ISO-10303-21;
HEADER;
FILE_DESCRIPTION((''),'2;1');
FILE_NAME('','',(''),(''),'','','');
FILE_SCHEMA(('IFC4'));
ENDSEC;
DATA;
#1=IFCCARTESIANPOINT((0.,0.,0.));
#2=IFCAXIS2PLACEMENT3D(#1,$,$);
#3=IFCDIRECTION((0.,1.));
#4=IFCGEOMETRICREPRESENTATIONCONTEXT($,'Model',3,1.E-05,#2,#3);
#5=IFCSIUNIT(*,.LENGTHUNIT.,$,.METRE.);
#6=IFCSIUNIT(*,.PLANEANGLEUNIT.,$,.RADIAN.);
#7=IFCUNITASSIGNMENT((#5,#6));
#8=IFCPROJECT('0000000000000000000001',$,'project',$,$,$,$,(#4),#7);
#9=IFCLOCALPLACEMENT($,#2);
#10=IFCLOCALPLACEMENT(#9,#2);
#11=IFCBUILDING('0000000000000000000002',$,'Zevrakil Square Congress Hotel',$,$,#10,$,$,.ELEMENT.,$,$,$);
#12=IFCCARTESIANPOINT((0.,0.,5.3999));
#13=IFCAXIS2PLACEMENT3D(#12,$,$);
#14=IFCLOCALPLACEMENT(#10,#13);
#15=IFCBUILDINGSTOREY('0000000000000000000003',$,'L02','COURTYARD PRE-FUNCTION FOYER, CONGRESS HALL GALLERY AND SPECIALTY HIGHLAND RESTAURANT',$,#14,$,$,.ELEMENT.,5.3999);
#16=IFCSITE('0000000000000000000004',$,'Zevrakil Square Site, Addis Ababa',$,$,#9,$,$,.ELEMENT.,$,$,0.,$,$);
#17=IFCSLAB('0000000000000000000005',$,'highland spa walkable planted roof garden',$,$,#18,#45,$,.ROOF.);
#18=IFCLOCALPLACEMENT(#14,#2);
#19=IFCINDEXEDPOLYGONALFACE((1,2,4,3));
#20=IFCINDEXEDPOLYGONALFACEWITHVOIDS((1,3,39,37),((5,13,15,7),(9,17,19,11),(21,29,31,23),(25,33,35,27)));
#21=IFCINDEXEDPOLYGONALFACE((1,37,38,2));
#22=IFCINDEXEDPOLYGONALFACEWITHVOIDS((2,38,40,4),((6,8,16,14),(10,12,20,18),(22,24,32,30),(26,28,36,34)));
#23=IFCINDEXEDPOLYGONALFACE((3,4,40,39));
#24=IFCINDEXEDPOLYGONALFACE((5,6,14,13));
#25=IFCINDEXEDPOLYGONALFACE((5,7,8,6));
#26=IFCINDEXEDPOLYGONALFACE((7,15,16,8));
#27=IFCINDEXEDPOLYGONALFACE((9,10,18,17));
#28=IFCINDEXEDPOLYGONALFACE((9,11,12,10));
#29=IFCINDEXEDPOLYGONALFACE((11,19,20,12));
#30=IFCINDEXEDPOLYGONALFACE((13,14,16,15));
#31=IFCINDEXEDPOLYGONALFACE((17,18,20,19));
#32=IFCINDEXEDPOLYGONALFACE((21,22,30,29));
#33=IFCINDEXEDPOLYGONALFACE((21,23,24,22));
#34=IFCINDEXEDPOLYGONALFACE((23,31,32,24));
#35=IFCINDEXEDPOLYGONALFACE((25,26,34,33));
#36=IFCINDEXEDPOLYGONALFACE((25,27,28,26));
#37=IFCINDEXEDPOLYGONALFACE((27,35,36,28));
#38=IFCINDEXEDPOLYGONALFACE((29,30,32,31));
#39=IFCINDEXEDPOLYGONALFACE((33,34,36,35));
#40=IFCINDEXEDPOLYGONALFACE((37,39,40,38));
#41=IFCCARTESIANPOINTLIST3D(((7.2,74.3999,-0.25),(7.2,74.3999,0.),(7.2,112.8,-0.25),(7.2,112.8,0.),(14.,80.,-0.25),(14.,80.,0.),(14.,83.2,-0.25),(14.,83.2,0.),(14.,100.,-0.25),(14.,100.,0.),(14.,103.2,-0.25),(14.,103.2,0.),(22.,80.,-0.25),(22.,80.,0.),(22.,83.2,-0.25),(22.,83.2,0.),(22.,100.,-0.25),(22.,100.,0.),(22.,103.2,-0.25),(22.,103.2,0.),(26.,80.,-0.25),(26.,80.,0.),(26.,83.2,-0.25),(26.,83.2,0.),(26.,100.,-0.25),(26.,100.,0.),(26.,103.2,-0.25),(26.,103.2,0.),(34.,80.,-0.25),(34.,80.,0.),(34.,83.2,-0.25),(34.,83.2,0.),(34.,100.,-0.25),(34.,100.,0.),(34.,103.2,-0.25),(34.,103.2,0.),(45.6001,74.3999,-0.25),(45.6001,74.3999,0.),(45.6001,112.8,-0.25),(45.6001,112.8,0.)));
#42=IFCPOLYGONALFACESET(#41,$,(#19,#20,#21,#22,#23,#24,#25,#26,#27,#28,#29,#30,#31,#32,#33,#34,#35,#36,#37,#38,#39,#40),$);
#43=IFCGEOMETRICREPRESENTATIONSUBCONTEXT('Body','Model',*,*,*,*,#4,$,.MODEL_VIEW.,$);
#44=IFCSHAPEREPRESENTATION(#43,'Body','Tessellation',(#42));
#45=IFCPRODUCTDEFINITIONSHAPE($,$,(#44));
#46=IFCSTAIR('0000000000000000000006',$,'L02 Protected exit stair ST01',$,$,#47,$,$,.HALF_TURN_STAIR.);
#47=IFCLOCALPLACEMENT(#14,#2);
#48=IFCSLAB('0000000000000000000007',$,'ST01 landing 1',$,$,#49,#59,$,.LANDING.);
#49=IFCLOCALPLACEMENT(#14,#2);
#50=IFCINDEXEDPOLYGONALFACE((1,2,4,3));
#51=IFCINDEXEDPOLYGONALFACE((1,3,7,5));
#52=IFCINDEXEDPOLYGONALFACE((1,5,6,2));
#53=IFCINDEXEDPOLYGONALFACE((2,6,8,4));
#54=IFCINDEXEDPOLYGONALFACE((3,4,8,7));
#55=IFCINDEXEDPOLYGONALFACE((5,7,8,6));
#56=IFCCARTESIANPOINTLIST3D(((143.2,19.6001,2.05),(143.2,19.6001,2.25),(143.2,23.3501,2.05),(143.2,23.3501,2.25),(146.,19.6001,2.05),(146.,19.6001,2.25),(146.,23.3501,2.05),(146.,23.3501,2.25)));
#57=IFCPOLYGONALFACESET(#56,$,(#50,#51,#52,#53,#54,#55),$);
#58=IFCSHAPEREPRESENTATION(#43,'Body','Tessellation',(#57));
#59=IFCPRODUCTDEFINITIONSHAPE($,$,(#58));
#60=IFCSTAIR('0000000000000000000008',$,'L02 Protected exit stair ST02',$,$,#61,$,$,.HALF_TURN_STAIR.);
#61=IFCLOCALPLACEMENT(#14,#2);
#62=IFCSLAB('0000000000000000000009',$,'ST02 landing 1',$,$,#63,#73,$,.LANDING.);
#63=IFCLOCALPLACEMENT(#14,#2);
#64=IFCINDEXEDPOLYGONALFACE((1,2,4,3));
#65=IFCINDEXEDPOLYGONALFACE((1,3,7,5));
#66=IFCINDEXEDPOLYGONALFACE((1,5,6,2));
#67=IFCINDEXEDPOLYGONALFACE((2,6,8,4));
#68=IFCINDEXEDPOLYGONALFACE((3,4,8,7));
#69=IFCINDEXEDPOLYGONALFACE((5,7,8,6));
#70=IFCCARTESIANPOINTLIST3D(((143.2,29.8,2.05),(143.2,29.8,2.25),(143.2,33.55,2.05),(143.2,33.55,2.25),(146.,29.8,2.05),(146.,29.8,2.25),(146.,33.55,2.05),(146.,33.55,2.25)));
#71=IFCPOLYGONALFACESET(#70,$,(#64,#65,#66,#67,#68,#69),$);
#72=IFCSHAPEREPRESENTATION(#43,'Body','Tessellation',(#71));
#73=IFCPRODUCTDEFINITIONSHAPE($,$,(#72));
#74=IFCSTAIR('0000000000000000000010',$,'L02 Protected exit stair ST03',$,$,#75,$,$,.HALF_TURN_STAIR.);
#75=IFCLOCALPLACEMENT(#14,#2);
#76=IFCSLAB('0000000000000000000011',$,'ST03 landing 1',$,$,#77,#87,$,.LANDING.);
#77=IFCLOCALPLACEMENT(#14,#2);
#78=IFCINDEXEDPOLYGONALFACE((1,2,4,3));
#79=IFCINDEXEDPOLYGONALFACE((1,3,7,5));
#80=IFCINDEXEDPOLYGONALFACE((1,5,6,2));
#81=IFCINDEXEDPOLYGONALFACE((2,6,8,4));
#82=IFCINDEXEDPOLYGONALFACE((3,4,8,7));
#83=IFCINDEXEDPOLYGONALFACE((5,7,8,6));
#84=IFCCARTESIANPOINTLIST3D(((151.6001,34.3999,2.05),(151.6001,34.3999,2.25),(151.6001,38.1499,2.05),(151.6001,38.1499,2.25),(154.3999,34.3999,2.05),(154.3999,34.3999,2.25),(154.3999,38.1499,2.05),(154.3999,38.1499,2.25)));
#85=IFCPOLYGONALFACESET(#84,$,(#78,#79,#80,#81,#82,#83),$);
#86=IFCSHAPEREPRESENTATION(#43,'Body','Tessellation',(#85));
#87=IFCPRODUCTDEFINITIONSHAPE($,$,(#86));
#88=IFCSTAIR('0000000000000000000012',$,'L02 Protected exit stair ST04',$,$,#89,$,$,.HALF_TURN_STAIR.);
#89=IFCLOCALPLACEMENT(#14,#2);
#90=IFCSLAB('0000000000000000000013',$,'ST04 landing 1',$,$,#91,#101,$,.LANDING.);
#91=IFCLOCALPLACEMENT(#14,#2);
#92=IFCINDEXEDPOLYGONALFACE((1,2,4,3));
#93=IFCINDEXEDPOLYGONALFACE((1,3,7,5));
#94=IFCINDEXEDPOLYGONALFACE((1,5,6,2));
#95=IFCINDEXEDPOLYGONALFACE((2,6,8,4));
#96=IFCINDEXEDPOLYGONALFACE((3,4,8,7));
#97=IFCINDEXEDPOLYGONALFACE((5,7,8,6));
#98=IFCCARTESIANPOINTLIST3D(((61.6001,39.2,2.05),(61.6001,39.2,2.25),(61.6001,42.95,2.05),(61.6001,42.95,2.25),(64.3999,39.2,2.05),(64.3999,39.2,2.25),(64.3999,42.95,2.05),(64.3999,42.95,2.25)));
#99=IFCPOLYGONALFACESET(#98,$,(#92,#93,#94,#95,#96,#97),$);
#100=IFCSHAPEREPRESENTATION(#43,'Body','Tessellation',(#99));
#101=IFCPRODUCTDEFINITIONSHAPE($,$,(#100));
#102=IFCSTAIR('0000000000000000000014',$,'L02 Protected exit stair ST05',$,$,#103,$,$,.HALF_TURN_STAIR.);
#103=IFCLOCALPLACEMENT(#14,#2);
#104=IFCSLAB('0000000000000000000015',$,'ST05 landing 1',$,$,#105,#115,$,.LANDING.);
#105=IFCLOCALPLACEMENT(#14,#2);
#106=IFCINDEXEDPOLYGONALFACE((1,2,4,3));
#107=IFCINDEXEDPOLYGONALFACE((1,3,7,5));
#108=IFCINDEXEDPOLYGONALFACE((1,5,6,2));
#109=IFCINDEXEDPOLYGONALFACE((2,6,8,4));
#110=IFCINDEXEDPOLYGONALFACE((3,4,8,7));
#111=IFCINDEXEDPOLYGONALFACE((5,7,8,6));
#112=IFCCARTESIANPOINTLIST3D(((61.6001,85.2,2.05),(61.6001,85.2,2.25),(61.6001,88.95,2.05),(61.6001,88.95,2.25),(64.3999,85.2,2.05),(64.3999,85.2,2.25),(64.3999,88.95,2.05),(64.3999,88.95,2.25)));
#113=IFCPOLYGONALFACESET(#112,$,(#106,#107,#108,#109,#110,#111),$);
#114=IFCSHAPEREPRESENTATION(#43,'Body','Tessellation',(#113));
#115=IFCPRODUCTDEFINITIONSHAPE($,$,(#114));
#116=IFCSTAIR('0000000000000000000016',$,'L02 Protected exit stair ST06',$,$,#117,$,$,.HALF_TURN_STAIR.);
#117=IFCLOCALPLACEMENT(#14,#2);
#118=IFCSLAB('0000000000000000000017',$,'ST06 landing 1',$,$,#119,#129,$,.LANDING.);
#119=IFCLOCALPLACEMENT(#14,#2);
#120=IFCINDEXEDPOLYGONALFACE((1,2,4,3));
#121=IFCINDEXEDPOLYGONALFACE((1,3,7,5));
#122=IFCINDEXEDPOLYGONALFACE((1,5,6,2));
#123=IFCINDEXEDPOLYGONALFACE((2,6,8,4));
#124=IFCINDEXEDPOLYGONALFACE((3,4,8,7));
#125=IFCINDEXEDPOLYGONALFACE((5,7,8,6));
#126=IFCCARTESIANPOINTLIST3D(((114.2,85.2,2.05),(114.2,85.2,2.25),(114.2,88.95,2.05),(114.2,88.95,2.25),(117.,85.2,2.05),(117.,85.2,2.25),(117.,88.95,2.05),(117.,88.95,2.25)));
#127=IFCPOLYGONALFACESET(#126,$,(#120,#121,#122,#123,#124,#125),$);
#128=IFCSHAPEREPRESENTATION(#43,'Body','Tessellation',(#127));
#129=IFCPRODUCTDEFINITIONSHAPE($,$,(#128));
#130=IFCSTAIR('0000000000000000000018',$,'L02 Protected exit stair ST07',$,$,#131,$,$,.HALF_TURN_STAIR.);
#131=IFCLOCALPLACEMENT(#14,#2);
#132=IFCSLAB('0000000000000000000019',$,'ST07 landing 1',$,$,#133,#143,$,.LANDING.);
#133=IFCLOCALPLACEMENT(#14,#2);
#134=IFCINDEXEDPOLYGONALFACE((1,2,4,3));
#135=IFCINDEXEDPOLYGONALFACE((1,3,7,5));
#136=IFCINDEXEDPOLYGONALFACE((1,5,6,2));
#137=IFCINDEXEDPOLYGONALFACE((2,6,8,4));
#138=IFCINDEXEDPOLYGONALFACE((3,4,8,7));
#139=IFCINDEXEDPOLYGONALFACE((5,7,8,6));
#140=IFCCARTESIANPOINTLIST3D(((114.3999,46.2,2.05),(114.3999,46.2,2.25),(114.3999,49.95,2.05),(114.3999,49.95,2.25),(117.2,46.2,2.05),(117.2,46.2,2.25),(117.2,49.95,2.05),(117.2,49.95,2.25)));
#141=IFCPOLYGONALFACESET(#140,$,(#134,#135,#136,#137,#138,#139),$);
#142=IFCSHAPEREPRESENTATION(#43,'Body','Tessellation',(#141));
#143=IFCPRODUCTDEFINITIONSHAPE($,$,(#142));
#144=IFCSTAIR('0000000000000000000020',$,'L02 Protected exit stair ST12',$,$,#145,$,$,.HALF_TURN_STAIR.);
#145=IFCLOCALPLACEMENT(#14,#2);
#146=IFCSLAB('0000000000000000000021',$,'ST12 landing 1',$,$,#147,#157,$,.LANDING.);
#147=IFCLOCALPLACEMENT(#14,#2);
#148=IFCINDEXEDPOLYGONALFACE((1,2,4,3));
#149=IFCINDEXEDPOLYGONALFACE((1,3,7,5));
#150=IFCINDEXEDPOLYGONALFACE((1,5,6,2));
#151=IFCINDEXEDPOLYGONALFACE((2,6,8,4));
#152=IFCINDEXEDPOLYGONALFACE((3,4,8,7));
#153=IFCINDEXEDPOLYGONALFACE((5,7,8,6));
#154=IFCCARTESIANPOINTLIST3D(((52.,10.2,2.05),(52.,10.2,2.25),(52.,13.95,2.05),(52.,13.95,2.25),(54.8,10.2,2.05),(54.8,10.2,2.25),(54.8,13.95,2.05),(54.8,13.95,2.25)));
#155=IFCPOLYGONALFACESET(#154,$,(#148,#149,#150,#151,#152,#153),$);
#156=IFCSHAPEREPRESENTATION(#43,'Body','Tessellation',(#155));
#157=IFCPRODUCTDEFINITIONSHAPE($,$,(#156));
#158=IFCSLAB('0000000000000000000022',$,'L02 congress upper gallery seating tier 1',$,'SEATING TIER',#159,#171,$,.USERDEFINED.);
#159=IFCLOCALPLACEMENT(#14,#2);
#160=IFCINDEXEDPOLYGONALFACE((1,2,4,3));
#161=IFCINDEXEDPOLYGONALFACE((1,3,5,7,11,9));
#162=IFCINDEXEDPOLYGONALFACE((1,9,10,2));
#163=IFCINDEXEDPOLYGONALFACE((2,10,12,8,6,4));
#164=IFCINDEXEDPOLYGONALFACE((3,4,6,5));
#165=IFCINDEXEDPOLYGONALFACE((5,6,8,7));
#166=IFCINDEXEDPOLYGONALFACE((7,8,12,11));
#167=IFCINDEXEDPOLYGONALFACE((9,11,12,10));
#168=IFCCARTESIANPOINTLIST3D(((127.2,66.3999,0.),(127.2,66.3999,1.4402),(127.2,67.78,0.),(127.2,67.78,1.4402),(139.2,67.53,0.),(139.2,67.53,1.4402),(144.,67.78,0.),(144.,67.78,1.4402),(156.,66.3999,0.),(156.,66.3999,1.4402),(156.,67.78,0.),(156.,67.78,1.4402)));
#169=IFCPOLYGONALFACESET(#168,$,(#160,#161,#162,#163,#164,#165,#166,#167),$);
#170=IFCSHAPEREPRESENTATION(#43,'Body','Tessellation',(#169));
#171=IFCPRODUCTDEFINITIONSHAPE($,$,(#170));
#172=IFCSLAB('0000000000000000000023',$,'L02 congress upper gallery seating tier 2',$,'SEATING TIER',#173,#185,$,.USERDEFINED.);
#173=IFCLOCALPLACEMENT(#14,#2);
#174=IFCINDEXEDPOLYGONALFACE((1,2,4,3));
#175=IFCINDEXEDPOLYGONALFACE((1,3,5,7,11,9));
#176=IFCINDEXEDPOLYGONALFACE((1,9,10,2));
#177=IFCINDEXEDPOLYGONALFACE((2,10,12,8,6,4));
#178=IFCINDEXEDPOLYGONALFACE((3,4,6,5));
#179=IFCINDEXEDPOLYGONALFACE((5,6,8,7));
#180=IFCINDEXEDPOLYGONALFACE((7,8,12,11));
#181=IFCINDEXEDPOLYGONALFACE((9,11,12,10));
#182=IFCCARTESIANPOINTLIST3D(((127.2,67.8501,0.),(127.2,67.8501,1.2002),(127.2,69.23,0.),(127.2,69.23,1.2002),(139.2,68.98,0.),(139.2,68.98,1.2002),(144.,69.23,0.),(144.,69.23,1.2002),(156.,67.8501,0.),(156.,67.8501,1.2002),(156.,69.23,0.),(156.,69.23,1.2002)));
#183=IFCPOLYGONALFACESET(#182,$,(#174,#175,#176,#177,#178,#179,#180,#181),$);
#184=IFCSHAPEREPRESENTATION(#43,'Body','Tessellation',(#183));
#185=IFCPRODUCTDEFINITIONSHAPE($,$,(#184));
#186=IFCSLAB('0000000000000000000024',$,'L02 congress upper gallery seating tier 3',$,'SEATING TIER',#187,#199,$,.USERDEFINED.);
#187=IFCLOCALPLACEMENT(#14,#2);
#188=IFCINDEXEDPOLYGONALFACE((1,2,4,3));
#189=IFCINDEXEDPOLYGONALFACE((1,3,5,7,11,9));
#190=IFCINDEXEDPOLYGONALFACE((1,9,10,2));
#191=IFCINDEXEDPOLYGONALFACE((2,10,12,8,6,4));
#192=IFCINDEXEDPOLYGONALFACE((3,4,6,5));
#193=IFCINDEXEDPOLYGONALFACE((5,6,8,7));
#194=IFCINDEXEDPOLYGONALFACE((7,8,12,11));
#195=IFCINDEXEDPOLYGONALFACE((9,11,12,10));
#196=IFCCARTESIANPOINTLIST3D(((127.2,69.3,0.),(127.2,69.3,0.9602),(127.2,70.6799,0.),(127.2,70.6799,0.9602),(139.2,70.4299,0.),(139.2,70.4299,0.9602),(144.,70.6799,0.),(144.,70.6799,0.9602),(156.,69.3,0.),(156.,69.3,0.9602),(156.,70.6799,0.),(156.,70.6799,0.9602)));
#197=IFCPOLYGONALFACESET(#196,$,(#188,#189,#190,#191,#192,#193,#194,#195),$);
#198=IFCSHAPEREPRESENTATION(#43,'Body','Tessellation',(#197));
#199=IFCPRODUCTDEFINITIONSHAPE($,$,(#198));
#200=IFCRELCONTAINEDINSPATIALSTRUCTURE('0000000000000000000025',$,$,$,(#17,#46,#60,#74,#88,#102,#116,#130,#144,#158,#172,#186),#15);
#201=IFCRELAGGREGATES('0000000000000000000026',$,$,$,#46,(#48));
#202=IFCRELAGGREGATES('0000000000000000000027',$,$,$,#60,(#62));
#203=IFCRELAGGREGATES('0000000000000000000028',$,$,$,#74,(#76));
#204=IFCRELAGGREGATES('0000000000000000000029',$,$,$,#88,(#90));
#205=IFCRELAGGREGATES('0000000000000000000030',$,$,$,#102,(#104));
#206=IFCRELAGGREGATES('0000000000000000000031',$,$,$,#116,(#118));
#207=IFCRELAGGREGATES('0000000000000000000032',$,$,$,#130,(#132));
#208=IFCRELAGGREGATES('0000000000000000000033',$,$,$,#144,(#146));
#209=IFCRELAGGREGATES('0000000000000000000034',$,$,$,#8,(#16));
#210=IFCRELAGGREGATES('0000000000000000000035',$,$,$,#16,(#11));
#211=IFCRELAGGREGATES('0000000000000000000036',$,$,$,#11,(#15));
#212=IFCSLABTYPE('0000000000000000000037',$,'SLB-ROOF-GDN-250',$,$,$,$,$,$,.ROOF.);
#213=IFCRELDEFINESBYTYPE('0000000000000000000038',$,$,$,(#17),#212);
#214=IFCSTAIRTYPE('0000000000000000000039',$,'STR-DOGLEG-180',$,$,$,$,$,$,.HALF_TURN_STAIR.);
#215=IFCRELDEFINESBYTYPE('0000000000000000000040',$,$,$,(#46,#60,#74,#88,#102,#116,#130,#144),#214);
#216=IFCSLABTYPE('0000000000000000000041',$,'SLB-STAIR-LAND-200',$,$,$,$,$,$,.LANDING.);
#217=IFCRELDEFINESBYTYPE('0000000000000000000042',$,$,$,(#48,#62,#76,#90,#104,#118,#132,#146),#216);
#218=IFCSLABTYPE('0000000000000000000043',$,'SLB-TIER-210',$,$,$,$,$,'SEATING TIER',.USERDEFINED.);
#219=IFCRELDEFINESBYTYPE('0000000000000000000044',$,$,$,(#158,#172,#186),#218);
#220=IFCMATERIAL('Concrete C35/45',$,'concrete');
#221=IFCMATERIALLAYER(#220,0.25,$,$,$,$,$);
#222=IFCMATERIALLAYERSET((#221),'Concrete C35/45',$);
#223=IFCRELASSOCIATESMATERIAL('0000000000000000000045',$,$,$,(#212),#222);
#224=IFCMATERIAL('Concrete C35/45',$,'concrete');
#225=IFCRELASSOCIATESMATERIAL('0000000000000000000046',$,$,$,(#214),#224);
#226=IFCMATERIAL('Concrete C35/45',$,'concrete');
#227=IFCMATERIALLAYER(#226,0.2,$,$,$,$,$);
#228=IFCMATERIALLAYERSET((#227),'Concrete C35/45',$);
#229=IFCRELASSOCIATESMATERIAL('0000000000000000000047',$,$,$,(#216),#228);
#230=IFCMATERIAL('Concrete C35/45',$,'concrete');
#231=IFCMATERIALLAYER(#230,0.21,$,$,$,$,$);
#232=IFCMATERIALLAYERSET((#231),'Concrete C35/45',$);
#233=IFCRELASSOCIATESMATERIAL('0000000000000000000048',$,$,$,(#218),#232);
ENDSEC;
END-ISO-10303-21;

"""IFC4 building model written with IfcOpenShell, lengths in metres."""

from ifc_helpers import new_model, si_unit, direction, frame, origin, place, context, subcontext, project, spatial, polyline, outline, extrude, material, layer, layer_set, type_object, element, aggregate, save


model = new_model("IFC4")

# Units and contexts
model_context = context("Model", 3, precision=1e-05, world=origin(), true_north=direction((0.0, 1.0)))
body_context = subcontext(model_context, "Body", "Model", "MODEL_VIEW")
ifc_project = project(units=[si_unit("LENGTHUNIT", "METRE"), si_unit("PLANEANGLEUNIT", "RADIAN")], contexts=[model_context])

# Site, building, storey
site_placement = place(None, origin())
site = spatial("IfcSite", under=ifc_project, at=site_placement, Name="Zevrakil Square Site, Addis Ababa", CompositionType="ELEMENT", RefElevation=0.0)
building_placement = place(site_placement, origin())
building = spatial("IfcBuilding", under=site, at=building_placement, Name="Zevrakil Square Congress Hotel", CompositionType="ELEMENT")
storey_placement = place(building_placement, frame((0.0, 0.0, 5.3999)))
storey = spatial("IfcBuildingStorey", under=building, at=storey_placement, Name="L02", Description="COURTYARD PRE-FUNCTION FOYER, CONGRESS HALL GALLERY AND SPECIALTY HIGHLAND RESTAURANT", CompositionType="ELEMENT", Elevation=5.3999)

# Slab
ifc_material_1 = material(Name="Concrete C35/45", Category="concrete")
ifc_layer_1 = layer(ifc_material_1, 0.25)
ifc_layer_set_1 = layer_set([ifc_layer_1], Name="Concrete C35/45")
slab_type_1 = type_object("IfcSlabType", Name="SLB-ROOF-GDN-250", PredefinedType="ROOF", material=ifc_layer_set_1)
slab_1_placement = place(storey_placement, frame((0.0, 0.0, -0.25)))
element("IfcSlab", 1, at=slab_1_placement, inside=storey, type_object=slab_type_1, Name="highland spa walkable planted roof garden", PredefinedType="ROOF", context=body_context, shape_type="SweptSolid", body=[
    extrude(outline(polyline([(7.2, 74.3999), (45.6001, 74.3999), (45.6001, 112.8), (7.2, 112.8), (7.2, 74.3999)]), holes=[polyline([(14.0, 80.0), (22.0, 80.0), (22.0, 83.2), (14.0, 83.2), (14.0, 80.0)]), polyline([(26.0, 80.0), (34.0, 80.0), (34.0, 83.2), (26.0, 83.2), (26.0, 80.0)]), polyline([(14.0, 100.0), (22.0, 100.0), (22.0, 103.2), (14.0, 103.2), (14.0, 100.0)]), polyline([(26.0, 100.0), (34.0, 100.0), (34.0, 103.2), (26.0, 103.2), (26.0, 100.0)])]), origin(), (0.0, 0.0, 1.0), 0.25),
])

# Stairs, slabs
ifc_material_2 = material(Name="Concrete C35/45", Category="concrete")
stair_type = type_object("IfcStairType", Name="STR-DOGLEG-180", PredefinedType="HALF_TURN_STAIR", material=ifc_material_2)
stair_1_placement = place(storey_placement, origin())
stair_1 = element("IfcStair", 2, at=stair_1_placement, inside=storey, type_object=stair_type, Name="L02 Protected exit stair ST01", PredefinedType="HALF_TURN_STAIR")
ifc_material_3 = material(Name="Concrete C35/45", Category="concrete")
ifc_layer_2 = layer(ifc_material_3, 0.2)
ifc_layer_set_2 = layer_set([ifc_layer_2], Name="Concrete C35/45")
slab_type_2 = type_object("IfcSlabType", Name="SLB-STAIR-LAND-200", PredefinedType="LANDING", material=ifc_layer_set_2)
slab_2_placement = place(storey_placement, frame((0.0, 0.0, 2.05)))
slab_2 = element("IfcSlab", 3, at=slab_2_placement, type_object=slab_type_2, Name="ST01 landing 1", PredefinedType="LANDING", context=body_context, shape_type="SweptSolid", body=[
    extrude(outline(polyline([(143.2, 19.6001), (146.0, 19.6001), (146.0, 23.3501), (143.2, 23.3501), (143.2, 19.6001)])), origin(), (0.0, 0.0, 1.0), 0.2),
])
aggregate(stair_1, [slab_2])
stair_2_placement = place(storey_placement, origin())
stair_2 = element("IfcStair", 4, at=stair_2_placement, inside=storey, type_object=stair_type, Name="L02 Protected exit stair ST02", PredefinedType="HALF_TURN_STAIR")
slab_3_placement = place(storey_placement, frame((0.0, 0.0, 2.05)))
slab_3 = element("IfcSlab", 5, at=slab_3_placement, type_object=slab_type_2, Name="ST02 landing 1", PredefinedType="LANDING", context=body_context, shape_type="SweptSolid", body=[
    extrude(outline(polyline([(143.2, 29.8), (146.0, 29.8), (146.0, 33.55), (143.2, 33.55), (143.2, 29.8)])), origin(), (0.0, 0.0, 1.0), 0.2),
])
aggregate(stair_2, [slab_3])
stair_3_placement = place(storey_placement, origin())
stair_3 = element("IfcStair", 6, at=stair_3_placement, inside=storey, type_object=stair_type, Name="L02 Protected exit stair ST03", PredefinedType="HALF_TURN_STAIR")
slab_4_placement = place(storey_placement, frame((0.0, 0.0, 2.05)))
slab_4 = element("IfcSlab", 7, at=slab_4_placement, type_object=slab_type_2, Name="ST03 landing 1", PredefinedType="LANDING", context=body_context, shape_type="SweptSolid", body=[
    extrude(outline(polyline([(151.6001, 34.3999), (154.3999, 34.3999), (154.3999, 38.1499), (151.6001, 38.1499), (151.6001, 34.3999)])), origin(), (0.0, 0.0, 1.0), 0.2),
])
aggregate(stair_3, [slab_4])
stair_4_placement = place(storey_placement, origin())
stair_4 = element("IfcStair", 8, at=stair_4_placement, inside=storey, type_object=stair_type, Name="L02 Protected exit stair ST04", PredefinedType="HALF_TURN_STAIR")
slab_5_placement = place(storey_placement, frame((0.0, 0.0, 2.05)))
slab_5 = element("IfcSlab", 9, at=slab_5_placement, type_object=slab_type_2, Name="ST04 landing 1", PredefinedType="LANDING", context=body_context, shape_type="SweptSolid", body=[
    extrude(outline(polyline([(61.6001, 39.2), (64.3999, 39.2), (64.3999, 42.95), (61.6001, 42.95), (61.6001, 39.2)])), origin(), (0.0, 0.0, 1.0), 0.2),
])
aggregate(stair_4, [slab_5])
stair_5_placement = place(storey_placement, origin())
stair_5 = element("IfcStair", 10, at=stair_5_placement, inside=storey, type_object=stair_type, Name="L02 Protected exit stair ST05", PredefinedType="HALF_TURN_STAIR")
slab_6_placement = place(storey_placement, frame((0.0, 0.0, 2.05)))
slab_6 = element("IfcSlab", 11, at=slab_6_placement, type_object=slab_type_2, Name="ST05 landing 1", PredefinedType="LANDING", context=body_context, shape_type="SweptSolid", body=[
    extrude(outline(polyline([(61.6001, 85.2), (64.3999, 85.2), (64.3999, 88.95), (61.6001, 88.95), (61.6001, 85.2)])), origin(), (0.0, 0.0, 1.0), 0.2),
])
aggregate(stair_5, [slab_6])
stair_6_placement = place(storey_placement, origin())
stair_6 = element("IfcStair", 12, at=stair_6_placement, inside=storey, type_object=stair_type, Name="L02 Protected exit stair ST06", PredefinedType="HALF_TURN_STAIR")
slab_7_placement = place(storey_placement, frame((0.0, 0.0, 2.05)))
slab_7 = element("IfcSlab", 13, at=slab_7_placement, type_object=slab_type_2, Name="ST06 landing 1", PredefinedType="LANDING", context=body_context, shape_type="SweptSolid", body=[
    extrude(outline(polyline([(114.2, 85.2), (117.0, 85.2), (117.0, 88.95), (114.2, 88.95), (114.2, 85.2)])), origin(), (0.0, 0.0, 1.0), 0.2),
])
aggregate(stair_6, [slab_7])
stair_7_placement = place(storey_placement, origin())
stair_7 = element("IfcStair", 14, at=stair_7_placement, inside=storey, type_object=stair_type, Name="L02 Protected exit stair ST07", PredefinedType="HALF_TURN_STAIR")
slab_8_placement = place(storey_placement, frame((0.0, 0.0, 2.05)))
slab_8 = element("IfcSlab", 15, at=slab_8_placement, type_object=slab_type_2, Name="ST07 landing 1", PredefinedType="LANDING", context=body_context, shape_type="SweptSolid", body=[
    extrude(outline(polyline([(114.3999, 46.2), (117.2, 46.2), (117.2, 49.95), (114.3999, 49.95), (114.3999, 46.2)])), origin(), (0.0, 0.0, 1.0), 0.2),
])
aggregate(stair_7, [slab_8])
stair_8_placement = place(storey_placement, origin())
stair_8 = element("IfcStair", 16, at=stair_8_placement, inside=storey, type_object=stair_type, Name="L02 Protected exit stair ST12", PredefinedType="HALF_TURN_STAIR")
slab_9_placement = place(storey_placement, frame((0.0, 0.0, 2.05)))
slab_9 = element("IfcSlab", 17, at=slab_9_placement, type_object=slab_type_2, Name="ST12 landing 1", PredefinedType="LANDING", context=body_context, shape_type="SweptSolid", body=[
    extrude(outline(polyline([(52.0, 10.2), (54.8, 10.2), (54.8, 13.95), (52.0, 13.95), (52.0, 10.2)])), origin(), (0.0, 0.0, 1.0), 0.2),
])
aggregate(stair_8, [slab_9])

# Slabs
ifc_material_4 = material(Name="Concrete C35/45", Category="concrete")
ifc_layer_3 = layer(ifc_material_4, 0.21)
ifc_layer_set_3 = layer_set([ifc_layer_3], Name="Concrete C35/45")
slab_type_3 = type_object("IfcSlabType", Name="SLB-TIER-210", ElementType="SEATING TIER", PredefinedType="USERDEFINED", material=ifc_layer_set_3)
slab_10_placement = place(storey_placement, origin())
element("IfcSlab", 18, at=slab_10_placement, inside=storey, type_object=slab_type_3, Name="L02 congress upper gallery seating tier 1", ObjectType="SEATING TIER", PredefinedType="USERDEFINED", context=body_context, shape_type="SweptSolid", body=[
    extrude(outline(polyline([(127.2, 66.3999), (156.0, 66.3999), (156.0, 67.78), (144.0, 67.78), (139.2, 67.53), (127.2, 67.78), (127.2, 66.3999)])), origin(), (0.0, 0.0, 1.0), 1.4402),
])
slab_11_placement = place(storey_placement, origin())
element("IfcSlab", 19, at=slab_11_placement, inside=storey, type_object=slab_type_3, Name="L02 congress upper gallery seating tier 2", ObjectType="SEATING TIER", PredefinedType="USERDEFINED", context=body_context, shape_type="SweptSolid", body=[
    extrude(outline(polyline([(127.2, 67.8501), (156.0, 67.8501), (156.0, 69.23), (144.0, 69.23), (139.2, 68.98), (127.2, 69.23), (127.2, 67.8501)])), origin(), (0.0, 0.0, 1.0), 1.2002),
])
slab_12_placement = place(storey_placement, origin())
element("IfcSlab", 20, at=slab_12_placement, inside=storey, type_object=slab_type_3, Name="L02 congress upper gallery seating tier 3", ObjectType="SEATING TIER", PredefinedType="USERDEFINED", context=body_context, shape_type="SweptSolid", body=[
    extrude(outline(polyline([(127.2, 69.3), (156.0, 69.3), (156.0, 70.6799), (144.0, 70.6799), (139.2, 70.4299), (127.2, 70.6799), (127.2, 69.3)])), origin(), (0.0, 0.0, 1.0), 0.9602),
])

save(model, "model.ifc")
